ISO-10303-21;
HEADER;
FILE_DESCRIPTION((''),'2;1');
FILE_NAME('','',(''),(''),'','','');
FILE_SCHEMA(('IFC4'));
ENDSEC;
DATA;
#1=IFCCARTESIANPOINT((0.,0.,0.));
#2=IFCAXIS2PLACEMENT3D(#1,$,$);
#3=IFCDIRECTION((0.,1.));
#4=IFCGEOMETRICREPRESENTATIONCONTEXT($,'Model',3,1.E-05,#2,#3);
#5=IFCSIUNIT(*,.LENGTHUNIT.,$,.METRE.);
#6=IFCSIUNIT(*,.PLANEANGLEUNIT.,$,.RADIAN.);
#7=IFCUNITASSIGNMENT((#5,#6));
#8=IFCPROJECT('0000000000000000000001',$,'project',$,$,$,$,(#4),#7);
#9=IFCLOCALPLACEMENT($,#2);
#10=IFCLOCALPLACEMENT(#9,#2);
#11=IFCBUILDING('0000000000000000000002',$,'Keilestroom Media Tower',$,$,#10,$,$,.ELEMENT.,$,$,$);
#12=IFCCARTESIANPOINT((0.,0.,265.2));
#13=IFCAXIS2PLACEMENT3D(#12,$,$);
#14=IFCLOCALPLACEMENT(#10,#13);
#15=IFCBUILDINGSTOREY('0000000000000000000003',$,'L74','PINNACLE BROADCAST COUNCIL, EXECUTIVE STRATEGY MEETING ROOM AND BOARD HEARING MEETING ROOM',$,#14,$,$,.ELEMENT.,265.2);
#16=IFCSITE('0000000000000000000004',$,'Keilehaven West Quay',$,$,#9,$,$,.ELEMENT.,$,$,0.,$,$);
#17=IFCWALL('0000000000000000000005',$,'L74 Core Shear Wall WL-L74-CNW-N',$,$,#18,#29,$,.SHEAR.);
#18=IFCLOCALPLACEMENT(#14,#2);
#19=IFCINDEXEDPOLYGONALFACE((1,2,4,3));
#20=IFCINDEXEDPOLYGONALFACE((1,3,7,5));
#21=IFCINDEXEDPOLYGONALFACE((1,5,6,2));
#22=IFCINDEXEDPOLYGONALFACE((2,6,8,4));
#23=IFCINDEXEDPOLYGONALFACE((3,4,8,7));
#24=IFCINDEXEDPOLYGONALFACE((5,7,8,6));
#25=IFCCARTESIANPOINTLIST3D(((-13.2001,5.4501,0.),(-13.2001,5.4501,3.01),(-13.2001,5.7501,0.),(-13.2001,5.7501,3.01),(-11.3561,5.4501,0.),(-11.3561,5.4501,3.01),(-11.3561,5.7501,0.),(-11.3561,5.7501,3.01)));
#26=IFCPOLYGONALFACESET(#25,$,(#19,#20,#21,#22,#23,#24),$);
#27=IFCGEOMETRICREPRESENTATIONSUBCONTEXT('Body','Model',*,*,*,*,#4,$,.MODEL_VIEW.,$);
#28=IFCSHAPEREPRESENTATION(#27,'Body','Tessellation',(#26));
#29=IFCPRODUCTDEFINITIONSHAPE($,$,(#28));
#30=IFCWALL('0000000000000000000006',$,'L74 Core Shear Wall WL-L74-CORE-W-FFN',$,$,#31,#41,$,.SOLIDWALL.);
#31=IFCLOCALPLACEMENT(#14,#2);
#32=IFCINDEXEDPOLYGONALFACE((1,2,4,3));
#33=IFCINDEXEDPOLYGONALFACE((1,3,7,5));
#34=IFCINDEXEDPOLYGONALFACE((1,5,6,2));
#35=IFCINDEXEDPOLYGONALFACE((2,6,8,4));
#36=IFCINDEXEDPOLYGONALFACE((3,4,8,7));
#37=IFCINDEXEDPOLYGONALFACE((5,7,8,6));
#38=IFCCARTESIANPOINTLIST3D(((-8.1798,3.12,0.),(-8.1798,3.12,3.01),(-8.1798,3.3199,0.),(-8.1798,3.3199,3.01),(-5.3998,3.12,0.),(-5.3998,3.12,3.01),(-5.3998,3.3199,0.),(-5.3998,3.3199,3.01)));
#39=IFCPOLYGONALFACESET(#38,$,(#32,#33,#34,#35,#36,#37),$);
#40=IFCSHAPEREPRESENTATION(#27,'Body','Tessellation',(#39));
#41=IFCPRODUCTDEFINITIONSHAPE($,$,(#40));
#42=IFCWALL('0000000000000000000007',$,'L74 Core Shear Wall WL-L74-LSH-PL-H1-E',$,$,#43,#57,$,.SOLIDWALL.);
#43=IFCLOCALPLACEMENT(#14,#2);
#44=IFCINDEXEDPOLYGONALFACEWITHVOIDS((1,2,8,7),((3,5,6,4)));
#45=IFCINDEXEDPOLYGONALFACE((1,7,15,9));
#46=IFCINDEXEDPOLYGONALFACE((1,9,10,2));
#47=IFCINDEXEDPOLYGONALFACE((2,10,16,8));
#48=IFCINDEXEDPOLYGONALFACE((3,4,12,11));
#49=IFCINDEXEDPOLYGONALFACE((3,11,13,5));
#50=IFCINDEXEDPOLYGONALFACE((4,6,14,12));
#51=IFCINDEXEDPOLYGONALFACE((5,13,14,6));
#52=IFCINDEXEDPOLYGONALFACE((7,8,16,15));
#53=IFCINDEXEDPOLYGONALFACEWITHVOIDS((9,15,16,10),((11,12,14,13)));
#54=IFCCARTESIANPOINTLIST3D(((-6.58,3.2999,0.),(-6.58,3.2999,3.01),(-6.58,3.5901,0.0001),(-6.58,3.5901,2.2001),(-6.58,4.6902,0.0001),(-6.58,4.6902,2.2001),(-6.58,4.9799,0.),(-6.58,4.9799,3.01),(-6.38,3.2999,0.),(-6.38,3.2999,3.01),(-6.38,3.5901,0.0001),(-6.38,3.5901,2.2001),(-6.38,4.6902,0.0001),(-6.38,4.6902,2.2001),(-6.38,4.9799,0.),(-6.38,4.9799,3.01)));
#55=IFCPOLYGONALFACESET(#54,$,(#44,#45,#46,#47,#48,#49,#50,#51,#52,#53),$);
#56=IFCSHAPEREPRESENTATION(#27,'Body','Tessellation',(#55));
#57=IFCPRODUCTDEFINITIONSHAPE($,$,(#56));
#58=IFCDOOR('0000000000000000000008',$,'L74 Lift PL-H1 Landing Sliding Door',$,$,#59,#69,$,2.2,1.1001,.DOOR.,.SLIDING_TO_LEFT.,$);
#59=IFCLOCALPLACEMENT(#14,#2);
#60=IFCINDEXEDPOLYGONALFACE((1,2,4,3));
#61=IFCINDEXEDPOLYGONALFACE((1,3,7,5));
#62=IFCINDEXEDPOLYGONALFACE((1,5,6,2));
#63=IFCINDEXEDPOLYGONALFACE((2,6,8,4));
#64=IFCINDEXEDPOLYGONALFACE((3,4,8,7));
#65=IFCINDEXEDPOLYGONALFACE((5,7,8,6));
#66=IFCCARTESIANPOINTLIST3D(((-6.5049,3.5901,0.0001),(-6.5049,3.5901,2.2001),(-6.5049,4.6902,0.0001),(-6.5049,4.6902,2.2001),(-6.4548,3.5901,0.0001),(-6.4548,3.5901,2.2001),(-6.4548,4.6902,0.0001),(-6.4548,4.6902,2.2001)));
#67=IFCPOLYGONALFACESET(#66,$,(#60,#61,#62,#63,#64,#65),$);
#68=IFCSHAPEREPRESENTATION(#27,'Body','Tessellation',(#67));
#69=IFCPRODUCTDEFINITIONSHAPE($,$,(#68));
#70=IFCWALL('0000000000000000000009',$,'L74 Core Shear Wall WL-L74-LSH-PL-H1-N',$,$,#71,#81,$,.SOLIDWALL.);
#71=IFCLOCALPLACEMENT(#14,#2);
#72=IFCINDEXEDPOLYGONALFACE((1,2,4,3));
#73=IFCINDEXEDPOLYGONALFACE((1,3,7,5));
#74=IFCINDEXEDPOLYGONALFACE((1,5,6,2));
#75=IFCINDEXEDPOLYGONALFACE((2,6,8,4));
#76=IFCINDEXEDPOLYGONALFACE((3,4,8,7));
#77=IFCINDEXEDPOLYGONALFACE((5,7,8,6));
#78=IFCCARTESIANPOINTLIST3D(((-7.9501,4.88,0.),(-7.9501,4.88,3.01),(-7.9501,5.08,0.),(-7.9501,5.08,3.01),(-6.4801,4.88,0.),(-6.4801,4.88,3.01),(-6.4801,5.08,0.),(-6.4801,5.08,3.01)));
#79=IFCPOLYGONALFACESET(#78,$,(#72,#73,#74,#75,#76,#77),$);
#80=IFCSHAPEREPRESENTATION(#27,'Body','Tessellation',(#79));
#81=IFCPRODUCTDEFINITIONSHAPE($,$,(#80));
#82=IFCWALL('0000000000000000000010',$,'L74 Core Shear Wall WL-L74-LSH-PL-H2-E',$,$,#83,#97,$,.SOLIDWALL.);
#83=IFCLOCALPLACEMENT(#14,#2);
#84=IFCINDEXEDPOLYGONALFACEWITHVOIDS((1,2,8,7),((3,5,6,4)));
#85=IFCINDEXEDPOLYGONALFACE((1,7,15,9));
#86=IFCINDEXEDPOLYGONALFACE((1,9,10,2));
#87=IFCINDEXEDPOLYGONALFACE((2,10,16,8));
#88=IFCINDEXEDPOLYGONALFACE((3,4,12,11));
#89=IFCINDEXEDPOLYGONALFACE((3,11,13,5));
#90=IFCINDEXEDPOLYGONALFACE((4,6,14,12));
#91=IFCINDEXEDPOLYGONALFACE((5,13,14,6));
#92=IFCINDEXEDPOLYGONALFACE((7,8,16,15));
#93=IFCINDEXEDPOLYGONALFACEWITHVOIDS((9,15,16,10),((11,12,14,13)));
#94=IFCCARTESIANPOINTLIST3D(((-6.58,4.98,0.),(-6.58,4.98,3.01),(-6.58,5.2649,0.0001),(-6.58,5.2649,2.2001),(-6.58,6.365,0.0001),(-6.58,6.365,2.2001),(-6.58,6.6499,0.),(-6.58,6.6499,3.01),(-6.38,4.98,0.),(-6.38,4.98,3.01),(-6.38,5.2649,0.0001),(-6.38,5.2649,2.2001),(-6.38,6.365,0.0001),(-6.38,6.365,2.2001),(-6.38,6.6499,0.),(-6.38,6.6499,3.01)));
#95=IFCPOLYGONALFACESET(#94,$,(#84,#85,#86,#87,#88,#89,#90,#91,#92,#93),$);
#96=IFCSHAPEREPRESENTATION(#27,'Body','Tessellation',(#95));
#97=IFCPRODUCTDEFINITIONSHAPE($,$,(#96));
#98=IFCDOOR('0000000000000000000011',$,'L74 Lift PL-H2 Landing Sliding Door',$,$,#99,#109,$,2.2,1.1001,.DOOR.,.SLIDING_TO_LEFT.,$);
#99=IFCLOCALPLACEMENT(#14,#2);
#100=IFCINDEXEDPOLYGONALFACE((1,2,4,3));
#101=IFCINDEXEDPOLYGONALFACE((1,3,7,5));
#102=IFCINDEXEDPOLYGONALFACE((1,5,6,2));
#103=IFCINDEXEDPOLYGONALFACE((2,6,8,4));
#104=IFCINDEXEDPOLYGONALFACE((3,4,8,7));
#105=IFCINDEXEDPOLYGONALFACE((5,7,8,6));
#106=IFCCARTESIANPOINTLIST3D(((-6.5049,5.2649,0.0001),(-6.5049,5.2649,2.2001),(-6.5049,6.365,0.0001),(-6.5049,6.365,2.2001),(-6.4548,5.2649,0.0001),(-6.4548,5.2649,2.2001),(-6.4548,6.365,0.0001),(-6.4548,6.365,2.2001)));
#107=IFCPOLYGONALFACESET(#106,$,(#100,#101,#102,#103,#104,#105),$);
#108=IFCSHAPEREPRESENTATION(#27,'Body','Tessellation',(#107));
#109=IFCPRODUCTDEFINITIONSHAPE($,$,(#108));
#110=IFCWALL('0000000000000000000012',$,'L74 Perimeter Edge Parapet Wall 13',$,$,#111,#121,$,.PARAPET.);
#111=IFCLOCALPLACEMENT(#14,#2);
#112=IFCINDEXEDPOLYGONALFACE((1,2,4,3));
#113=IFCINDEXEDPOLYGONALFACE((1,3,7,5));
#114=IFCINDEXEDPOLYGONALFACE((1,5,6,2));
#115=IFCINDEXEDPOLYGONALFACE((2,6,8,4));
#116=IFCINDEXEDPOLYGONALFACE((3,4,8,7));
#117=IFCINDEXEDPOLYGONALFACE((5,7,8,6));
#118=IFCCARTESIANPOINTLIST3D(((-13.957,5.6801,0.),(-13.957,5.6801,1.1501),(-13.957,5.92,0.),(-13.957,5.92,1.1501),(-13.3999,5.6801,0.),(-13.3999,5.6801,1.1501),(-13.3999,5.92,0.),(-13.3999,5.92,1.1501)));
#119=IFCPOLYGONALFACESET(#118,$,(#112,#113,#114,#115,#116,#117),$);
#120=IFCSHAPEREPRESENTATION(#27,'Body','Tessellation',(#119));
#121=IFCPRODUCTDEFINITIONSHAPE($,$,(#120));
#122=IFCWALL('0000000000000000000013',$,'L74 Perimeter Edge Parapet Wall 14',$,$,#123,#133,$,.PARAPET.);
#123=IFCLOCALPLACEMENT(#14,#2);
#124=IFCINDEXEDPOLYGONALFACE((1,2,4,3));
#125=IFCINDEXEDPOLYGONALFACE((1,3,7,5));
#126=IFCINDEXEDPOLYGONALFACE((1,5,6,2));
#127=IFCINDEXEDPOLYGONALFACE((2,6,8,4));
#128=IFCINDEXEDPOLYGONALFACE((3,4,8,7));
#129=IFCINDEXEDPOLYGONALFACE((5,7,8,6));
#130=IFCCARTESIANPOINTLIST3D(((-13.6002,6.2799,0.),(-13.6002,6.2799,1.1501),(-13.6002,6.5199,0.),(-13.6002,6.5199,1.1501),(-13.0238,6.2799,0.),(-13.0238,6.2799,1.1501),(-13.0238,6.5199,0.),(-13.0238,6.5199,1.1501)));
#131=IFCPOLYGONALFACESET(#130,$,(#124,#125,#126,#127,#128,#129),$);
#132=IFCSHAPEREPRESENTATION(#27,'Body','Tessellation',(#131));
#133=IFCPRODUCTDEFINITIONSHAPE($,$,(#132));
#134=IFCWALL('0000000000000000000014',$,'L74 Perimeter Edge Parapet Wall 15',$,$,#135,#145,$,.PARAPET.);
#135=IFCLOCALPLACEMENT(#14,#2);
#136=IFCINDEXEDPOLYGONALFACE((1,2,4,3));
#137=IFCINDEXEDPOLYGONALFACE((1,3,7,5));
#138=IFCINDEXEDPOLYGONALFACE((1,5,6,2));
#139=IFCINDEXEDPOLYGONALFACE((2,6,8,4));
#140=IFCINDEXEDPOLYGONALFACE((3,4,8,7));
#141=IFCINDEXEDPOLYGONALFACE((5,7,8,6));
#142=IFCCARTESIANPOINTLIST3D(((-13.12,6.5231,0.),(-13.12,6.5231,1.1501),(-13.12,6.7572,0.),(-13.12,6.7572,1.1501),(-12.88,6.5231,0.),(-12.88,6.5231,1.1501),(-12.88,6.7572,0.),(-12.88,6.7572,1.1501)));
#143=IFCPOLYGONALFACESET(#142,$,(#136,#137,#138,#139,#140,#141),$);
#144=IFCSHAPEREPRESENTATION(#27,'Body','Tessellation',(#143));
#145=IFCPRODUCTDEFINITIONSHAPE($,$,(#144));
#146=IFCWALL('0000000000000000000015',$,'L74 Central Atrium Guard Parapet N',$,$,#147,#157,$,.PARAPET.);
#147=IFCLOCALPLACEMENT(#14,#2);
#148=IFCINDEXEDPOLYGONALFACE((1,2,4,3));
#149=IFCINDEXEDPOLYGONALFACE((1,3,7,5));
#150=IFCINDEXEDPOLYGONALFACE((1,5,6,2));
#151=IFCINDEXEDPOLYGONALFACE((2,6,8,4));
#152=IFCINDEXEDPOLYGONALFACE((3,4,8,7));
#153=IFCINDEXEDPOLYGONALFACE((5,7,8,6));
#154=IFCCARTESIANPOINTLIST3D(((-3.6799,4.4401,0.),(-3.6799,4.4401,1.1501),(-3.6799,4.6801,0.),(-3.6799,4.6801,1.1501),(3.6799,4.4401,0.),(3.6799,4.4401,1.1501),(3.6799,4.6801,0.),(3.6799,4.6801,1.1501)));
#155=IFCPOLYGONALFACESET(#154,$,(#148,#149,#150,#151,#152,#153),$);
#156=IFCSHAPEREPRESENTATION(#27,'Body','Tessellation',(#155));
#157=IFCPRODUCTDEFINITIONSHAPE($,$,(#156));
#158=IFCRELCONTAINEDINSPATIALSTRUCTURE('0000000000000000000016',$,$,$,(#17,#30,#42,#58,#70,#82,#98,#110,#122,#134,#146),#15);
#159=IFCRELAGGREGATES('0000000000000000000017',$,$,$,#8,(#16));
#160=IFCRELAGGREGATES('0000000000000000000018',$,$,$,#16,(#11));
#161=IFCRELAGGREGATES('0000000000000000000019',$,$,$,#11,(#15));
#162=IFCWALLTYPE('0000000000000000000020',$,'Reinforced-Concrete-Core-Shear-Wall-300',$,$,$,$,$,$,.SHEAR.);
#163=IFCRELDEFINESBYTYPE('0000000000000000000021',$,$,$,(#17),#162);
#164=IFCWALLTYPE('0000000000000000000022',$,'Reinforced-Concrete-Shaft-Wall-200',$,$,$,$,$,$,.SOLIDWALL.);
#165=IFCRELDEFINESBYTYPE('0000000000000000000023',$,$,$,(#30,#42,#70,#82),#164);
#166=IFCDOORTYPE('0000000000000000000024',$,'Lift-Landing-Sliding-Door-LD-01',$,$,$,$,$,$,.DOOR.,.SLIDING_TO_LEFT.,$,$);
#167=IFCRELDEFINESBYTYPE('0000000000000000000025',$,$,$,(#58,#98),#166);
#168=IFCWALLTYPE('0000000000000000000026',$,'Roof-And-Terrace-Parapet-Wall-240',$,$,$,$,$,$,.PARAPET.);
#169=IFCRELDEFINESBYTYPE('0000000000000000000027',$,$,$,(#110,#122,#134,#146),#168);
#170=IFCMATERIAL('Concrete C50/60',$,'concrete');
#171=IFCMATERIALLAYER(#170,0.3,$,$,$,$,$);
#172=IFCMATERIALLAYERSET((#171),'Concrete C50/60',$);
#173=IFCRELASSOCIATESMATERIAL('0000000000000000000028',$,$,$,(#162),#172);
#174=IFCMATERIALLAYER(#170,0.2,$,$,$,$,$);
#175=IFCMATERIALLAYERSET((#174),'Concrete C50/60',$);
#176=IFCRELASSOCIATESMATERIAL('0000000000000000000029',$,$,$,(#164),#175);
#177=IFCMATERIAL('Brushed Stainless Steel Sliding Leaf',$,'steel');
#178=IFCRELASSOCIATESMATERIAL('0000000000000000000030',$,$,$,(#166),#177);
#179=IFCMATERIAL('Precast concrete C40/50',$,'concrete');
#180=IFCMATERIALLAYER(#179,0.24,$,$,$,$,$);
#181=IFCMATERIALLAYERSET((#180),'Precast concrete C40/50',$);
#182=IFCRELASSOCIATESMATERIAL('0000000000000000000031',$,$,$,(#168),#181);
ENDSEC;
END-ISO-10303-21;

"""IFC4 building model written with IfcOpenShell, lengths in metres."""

from ifc_helpers import new_model, si_unit, direction, frame, frame_2d, origin, place, context, subcontext, project, spatial, rectangle, extrude, source, transform, mapped, material, layer, layer_set, type_object, element, fill, save


model = new_model("IFC4")

# Units and contexts
model_context = context("Model", 3, precision=1e-05, world=origin(), true_north=direction((0.0, 1.0)))
body_context = subcontext(model_context, "Body", "Model", "MODEL_VIEW")
ifc_project = project(units=[si_unit("LENGTHUNIT", "METRE"), si_unit("PLANEANGLEUNIT", "RADIAN")], contexts=[model_context])

# Site, building, storey
site_placement = place(None, origin())
site = spatial("IfcSite", under=ifc_project, at=site_placement, Name="Keilehaven West Quay", CompositionType="ELEMENT", RefElevation=0.0)
building_placement = place(site_placement, origin())
building = spatial("IfcBuilding", under=site, at=building_placement, Name="Keilestroom Media Tower", CompositionType="ELEMENT")
storey_placement = place(building_placement, frame((0.0, 0.0, 265.2)))
storey = spatial("IfcBuildingStorey", under=building, at=storey_placement, Name="L74", Description="PINNACLE BROADCAST COUNCIL, EXECUTIVE STRATEGY MEETING ROOM AND BOARD HEARING MEETING ROOM", CompositionType="ELEMENT", Elevation=265.2)

# Shared definitions
ifc_material_1 = material(Name="Precast concrete C40/50", Category="concrete")

# Walls
ifc_material_2 = material(Name="Concrete C50/60", Category="concrete")
ifc_layer_1 = layer(ifc_material_2, 0.3)
ifc_layer_set_1 = layer_set([ifc_layer_1], Name="Concrete C50/60")
wall_type_1 = type_object("IfcWallType", Name="Reinforced-Concrete-Core-Shear-Wall-300", PredefinedType="SHEAR", material=ifc_layer_set_1)
wall_1_placement = place(storey_placement, frame((-13.2, 5.6001, 0.0), z_axis=(0.0, 0.0, 1.0), x_axis=(1.0, 0.0, 0.0)))
element("IfcWall", 1, at=wall_1_placement, inside=storey, type_object=wall_type_1, Name="L74 Core Shear Wall WL-L74-CNW-N", PredefinedType="SHEAR", context=body_context, shape_type="SweptSolid", body=[
    extrude(rectangle(XDim=1.844, YDim=0.3, at=frame_2d((0.9219, 0.0))), origin(), (0.0, 0.0, 1.0), 3.01),
])
ifc_layer_2 = layer(ifc_material_2, 0.2)
ifc_layer_set_2 = layer_set([ifc_layer_2], Name="Concrete C50/60")
wall_type_2 = type_object("IfcWallType", Name="Reinforced-Concrete-Shaft-Wall-200", PredefinedType="SOLIDWALL", material=ifc_layer_set_2)
wall_2_placement = place(storey_placement, frame((-8.1799, 3.22, 0.0), z_axis=(0.0, 0.0, 1.0), x_axis=(1.0, 0.0, 0.0)))
element("IfcWall", 2, at=wall_2_placement, inside=storey, type_object=wall_type_2, Name="L74 Core Shear Wall WL-L74-CORE-W-FFN", PredefinedType="SOLIDWALL", context=body_context, shape_type="SweptSolid", body=[
    extrude(rectangle(XDim=2.78, YDim=0.2, at=frame_2d((1.3901, 0.0))), origin(), (0.0, 0.0, 1.0), 3.01),
])

# Wall, opening, door
wall_3_placement = place(storey_placement, frame((-6.48, 3.3, 0.0), z_axis=(0.0, 0.0, 1.0), x_axis=(0.0, 1.0, 0.0)))
wall_3 = element("IfcWall", 3, at=wall_3_placement, inside=storey, type_object=wall_type_2, Name="L74 Core Shear Wall WL-L74-LSH-PL-H1-E", PredefinedType="SOLIDWALL", context=body_context, shape_type="SweptSolid", body=[
    extrude(rectangle(XDim=1.6799, YDim=0.2, at=frame_2d((0.8398, 0.0))), origin(), (0.0, 0.0, 1.0), 3.01),
])
opening_1_placement = place(wall_3_placement, frame((0.29, 0.0, 0.0)))
opening_1 = element("IfcOpeningElement", 4, at=opening_1_placement, cuts=wall_3, PredefinedType="OPENING", context=body_context, shape_type="SweptSolid", body=[
    extrude(rectangle(XDim=1.1001, YDim=2.2, at=frame_2d((0.55, 1.1001))), frame((0.0, 0.1099, 0.0), z_axis=(0.0, -1.0, 0.0), x_axis=(1.0, 0.0, 0.0)), (0.0, 0.0, 1.0), 0.22),
])
ifc_material_3 = material(Name="Brushed Stainless Steel Sliding Leaf", Category="steel")
door_type = type_object("IfcDoorType", Name="Lift-Landing-Sliding-Door-LD-01", OperationType="SLIDING_TO_LEFT", PredefinedType="DOOR", material=ifc_material_3)
shared_shape_1 = source(origin(), body_context, "Body", "SweptSolid", [
    extrude(rectangle(XDim=1.1001, YDim=2.2, at=frame_2d((0.55, 1.1001))), frame((0.0, 0.0249, 0.0), z_axis=(0.0, -1.0, 0.0), x_axis=(1.0, 0.0, 0.0)), (0.0, 0.0, 1.0), 0.05),
])
door_1_placement = place(opening_1_placement, origin())
door_1 = element("IfcDoor", 5, at=door_1_placement, inside=storey, type_object=door_type, Name="L74 Lift PL-H1 Landing Sliding Door", OperationType="SLIDING_TO_LEFT", OverallHeight=2.2, OverallWidth=1.1001, PredefinedType="DOOR", context=body_context, shape_type="MappedRepresentation", body=[
    mapped(shared_shape_1, transform((0.0, 0.0, 0.0), x_axis=(1.0, 0.0, 0.0), y_axis=(0.0, 1.0, 0.0), z_axis=(0.0, 0.0, 1.0), scale=1.0)),
])
fill(opening_1, door_1)

# Wall
wall_4_placement = place(storey_placement, frame((-7.95, 4.98, 0.0), z_axis=(0.0, 0.0, 1.0), x_axis=(1.0, 0.0, 0.0)))
element("IfcWall", 6, at=wall_4_placement, inside=storey, type_object=wall_type_2, Name="L74 Core Shear Wall WL-L74-LSH-PL-H1-N", PredefinedType="SOLIDWALL", context=body_context, shape_type="SweptSolid", body=[
    extrude(rectangle(XDim=1.47, YDim=0.2, at=frame_2d((0.7349, 0.0))), origin(), (0.0, 0.0, 1.0), 3.01),
])

# Wall, opening, door
wall_5_placement = place(storey_placement, frame((-6.48, 4.98, 0.0), z_axis=(0.0, 0.0, 1.0), x_axis=(0.0, 1.0, 0.0)))
wall_5 = element("IfcWall", 7, at=wall_5_placement, inside=storey, type_object=wall_type_2, Name="L74 Core Shear Wall WL-L74-LSH-PL-H2-E", PredefinedType="SOLIDWALL", context=body_context, shape_type="SweptSolid", body=[
    extrude(rectangle(XDim=1.6699, YDim=0.2, at=frame_2d((0.835, 0.0))), origin(), (0.0, 0.0, 1.0), 3.01),
])
opening_2_placement = place(wall_5_placement, frame((0.2849, 0.0, 0.0)))
opening_2 = element("IfcOpeningElement", 8, at=opening_2_placement, cuts=wall_5, PredefinedType="OPENING", context=body_context, shape_type="SweptSolid", body=[
    extrude(rectangle(XDim=1.1001, YDim=2.2, at=frame_2d((0.55, 1.1001))), frame((0.0, 0.1099, 0.0), z_axis=(0.0, -1.0, 0.0), x_axis=(1.0, 0.0, 0.0)), (0.0, 0.0, 1.0), 0.22),
])
door_2_placement = place(opening_2_placement, origin())
door_2 = element("IfcDoor", 9, at=door_2_placement, inside=storey, type_object=door_type, Name="L74 Lift PL-H2 Landing Sliding Door", OperationType="SLIDING_TO_LEFT", OverallHeight=2.2, OverallWidth=1.1001, PredefinedType="DOOR", context=body_context, shape_type="MappedRepresentation", body=[
    mapped(shared_shape_1, transform((0.0, 0.0, 0.0), x_axis=(1.0, 0.0, 0.0), y_axis=(0.0, 1.0, 0.0), z_axis=(0.0, 0.0, 1.0), scale=1.0)),
])
fill(opening_2, door_2)

# Walls
ifc_layer_3 = layer(ifc_material_1, 0.24)
ifc_layer_set_3 = layer_set([ifc_layer_3], Name="Precast concrete C40/50")
wall_type_3 = type_object("IfcWallType", Name="Roof-And-Terrace-Parapet-Wall-240", PredefinedType="PARAPET", material=ifc_layer_set_3)
wall_6_placement = place(storey_placement, frame((-13.957, 5.8, 0.0), z_axis=(0.0, 0.0, 1.0), x_axis=(1.0, 0.0, 0.0)))
element("IfcWall", 10, at=wall_6_placement, inside=storey, type_object=wall_type_3, Name="L74 Perimeter Edge Parapet Wall 13", PredefinedType="PARAPET", context=body_context, shape_type="SweptSolid", body=[
    extrude(rectangle(XDim=0.5571, YDim=0.24, at=frame_2d((0.2786, 0.0))), origin(), (0.0, 0.0, 1.0), 1.1501),
])
wall_7_placement = place(storey_placement, frame((-13.6001, 6.3999, 0.0), z_axis=(0.0, 0.0, 1.0), x_axis=(1.0, 0.0, 0.0)))
element("IfcWall", 11, at=wall_7_placement, inside=storey, type_object=wall_type_3, Name="L74 Perimeter Edge Parapet Wall 14", PredefinedType="PARAPET", context=body_context, shape_type="SweptSolid", body=[
    extrude(rectangle(XDim=0.5764, YDim=0.24, at=frame_2d((0.2881, 0.0))), origin(), (0.0, 0.0, 1.0), 1.1501),
])
wall_8_placement = place(storey_placement, frame((-13.0, 6.5229, 0.0), z_axis=(0.0, 0.0, 1.0), x_axis=(0.0, 1.0, 0.0)))
element("IfcWall", 12, at=wall_8_placement, inside=storey, type_object=wall_type_3, Name="L74 Perimeter Edge Parapet Wall 15", PredefinedType="PARAPET", context=body_context, shape_type="SweptSolid", body=[
    extrude(rectangle(XDim=0.2341, YDim=0.24, at=frame_2d((0.1172, 0.0))), origin(), (0.0, 0.0, 1.0), 1.1501),
])
wall_9_placement = place(storey_placement, frame((-3.6799, 4.5601, 0.0), z_axis=(0.0, 0.0, 1.0), x_axis=(1.0, 0.0, 0.0)))
element("IfcWall", 13, at=wall_9_placement, inside=storey, type_object=wall_type_3, Name="L74 Central Atrium Guard Parapet N", PredefinedType="PARAPET", context=body_context, shape_type="SweptSolid", body=[
    extrude(rectangle(XDim=7.3599, YDim=0.24, at=frame_2d((3.6799, 0.0))), origin(), (0.0, 0.0, 1.0), 1.1501),
])

save(model, "model.ifc")
